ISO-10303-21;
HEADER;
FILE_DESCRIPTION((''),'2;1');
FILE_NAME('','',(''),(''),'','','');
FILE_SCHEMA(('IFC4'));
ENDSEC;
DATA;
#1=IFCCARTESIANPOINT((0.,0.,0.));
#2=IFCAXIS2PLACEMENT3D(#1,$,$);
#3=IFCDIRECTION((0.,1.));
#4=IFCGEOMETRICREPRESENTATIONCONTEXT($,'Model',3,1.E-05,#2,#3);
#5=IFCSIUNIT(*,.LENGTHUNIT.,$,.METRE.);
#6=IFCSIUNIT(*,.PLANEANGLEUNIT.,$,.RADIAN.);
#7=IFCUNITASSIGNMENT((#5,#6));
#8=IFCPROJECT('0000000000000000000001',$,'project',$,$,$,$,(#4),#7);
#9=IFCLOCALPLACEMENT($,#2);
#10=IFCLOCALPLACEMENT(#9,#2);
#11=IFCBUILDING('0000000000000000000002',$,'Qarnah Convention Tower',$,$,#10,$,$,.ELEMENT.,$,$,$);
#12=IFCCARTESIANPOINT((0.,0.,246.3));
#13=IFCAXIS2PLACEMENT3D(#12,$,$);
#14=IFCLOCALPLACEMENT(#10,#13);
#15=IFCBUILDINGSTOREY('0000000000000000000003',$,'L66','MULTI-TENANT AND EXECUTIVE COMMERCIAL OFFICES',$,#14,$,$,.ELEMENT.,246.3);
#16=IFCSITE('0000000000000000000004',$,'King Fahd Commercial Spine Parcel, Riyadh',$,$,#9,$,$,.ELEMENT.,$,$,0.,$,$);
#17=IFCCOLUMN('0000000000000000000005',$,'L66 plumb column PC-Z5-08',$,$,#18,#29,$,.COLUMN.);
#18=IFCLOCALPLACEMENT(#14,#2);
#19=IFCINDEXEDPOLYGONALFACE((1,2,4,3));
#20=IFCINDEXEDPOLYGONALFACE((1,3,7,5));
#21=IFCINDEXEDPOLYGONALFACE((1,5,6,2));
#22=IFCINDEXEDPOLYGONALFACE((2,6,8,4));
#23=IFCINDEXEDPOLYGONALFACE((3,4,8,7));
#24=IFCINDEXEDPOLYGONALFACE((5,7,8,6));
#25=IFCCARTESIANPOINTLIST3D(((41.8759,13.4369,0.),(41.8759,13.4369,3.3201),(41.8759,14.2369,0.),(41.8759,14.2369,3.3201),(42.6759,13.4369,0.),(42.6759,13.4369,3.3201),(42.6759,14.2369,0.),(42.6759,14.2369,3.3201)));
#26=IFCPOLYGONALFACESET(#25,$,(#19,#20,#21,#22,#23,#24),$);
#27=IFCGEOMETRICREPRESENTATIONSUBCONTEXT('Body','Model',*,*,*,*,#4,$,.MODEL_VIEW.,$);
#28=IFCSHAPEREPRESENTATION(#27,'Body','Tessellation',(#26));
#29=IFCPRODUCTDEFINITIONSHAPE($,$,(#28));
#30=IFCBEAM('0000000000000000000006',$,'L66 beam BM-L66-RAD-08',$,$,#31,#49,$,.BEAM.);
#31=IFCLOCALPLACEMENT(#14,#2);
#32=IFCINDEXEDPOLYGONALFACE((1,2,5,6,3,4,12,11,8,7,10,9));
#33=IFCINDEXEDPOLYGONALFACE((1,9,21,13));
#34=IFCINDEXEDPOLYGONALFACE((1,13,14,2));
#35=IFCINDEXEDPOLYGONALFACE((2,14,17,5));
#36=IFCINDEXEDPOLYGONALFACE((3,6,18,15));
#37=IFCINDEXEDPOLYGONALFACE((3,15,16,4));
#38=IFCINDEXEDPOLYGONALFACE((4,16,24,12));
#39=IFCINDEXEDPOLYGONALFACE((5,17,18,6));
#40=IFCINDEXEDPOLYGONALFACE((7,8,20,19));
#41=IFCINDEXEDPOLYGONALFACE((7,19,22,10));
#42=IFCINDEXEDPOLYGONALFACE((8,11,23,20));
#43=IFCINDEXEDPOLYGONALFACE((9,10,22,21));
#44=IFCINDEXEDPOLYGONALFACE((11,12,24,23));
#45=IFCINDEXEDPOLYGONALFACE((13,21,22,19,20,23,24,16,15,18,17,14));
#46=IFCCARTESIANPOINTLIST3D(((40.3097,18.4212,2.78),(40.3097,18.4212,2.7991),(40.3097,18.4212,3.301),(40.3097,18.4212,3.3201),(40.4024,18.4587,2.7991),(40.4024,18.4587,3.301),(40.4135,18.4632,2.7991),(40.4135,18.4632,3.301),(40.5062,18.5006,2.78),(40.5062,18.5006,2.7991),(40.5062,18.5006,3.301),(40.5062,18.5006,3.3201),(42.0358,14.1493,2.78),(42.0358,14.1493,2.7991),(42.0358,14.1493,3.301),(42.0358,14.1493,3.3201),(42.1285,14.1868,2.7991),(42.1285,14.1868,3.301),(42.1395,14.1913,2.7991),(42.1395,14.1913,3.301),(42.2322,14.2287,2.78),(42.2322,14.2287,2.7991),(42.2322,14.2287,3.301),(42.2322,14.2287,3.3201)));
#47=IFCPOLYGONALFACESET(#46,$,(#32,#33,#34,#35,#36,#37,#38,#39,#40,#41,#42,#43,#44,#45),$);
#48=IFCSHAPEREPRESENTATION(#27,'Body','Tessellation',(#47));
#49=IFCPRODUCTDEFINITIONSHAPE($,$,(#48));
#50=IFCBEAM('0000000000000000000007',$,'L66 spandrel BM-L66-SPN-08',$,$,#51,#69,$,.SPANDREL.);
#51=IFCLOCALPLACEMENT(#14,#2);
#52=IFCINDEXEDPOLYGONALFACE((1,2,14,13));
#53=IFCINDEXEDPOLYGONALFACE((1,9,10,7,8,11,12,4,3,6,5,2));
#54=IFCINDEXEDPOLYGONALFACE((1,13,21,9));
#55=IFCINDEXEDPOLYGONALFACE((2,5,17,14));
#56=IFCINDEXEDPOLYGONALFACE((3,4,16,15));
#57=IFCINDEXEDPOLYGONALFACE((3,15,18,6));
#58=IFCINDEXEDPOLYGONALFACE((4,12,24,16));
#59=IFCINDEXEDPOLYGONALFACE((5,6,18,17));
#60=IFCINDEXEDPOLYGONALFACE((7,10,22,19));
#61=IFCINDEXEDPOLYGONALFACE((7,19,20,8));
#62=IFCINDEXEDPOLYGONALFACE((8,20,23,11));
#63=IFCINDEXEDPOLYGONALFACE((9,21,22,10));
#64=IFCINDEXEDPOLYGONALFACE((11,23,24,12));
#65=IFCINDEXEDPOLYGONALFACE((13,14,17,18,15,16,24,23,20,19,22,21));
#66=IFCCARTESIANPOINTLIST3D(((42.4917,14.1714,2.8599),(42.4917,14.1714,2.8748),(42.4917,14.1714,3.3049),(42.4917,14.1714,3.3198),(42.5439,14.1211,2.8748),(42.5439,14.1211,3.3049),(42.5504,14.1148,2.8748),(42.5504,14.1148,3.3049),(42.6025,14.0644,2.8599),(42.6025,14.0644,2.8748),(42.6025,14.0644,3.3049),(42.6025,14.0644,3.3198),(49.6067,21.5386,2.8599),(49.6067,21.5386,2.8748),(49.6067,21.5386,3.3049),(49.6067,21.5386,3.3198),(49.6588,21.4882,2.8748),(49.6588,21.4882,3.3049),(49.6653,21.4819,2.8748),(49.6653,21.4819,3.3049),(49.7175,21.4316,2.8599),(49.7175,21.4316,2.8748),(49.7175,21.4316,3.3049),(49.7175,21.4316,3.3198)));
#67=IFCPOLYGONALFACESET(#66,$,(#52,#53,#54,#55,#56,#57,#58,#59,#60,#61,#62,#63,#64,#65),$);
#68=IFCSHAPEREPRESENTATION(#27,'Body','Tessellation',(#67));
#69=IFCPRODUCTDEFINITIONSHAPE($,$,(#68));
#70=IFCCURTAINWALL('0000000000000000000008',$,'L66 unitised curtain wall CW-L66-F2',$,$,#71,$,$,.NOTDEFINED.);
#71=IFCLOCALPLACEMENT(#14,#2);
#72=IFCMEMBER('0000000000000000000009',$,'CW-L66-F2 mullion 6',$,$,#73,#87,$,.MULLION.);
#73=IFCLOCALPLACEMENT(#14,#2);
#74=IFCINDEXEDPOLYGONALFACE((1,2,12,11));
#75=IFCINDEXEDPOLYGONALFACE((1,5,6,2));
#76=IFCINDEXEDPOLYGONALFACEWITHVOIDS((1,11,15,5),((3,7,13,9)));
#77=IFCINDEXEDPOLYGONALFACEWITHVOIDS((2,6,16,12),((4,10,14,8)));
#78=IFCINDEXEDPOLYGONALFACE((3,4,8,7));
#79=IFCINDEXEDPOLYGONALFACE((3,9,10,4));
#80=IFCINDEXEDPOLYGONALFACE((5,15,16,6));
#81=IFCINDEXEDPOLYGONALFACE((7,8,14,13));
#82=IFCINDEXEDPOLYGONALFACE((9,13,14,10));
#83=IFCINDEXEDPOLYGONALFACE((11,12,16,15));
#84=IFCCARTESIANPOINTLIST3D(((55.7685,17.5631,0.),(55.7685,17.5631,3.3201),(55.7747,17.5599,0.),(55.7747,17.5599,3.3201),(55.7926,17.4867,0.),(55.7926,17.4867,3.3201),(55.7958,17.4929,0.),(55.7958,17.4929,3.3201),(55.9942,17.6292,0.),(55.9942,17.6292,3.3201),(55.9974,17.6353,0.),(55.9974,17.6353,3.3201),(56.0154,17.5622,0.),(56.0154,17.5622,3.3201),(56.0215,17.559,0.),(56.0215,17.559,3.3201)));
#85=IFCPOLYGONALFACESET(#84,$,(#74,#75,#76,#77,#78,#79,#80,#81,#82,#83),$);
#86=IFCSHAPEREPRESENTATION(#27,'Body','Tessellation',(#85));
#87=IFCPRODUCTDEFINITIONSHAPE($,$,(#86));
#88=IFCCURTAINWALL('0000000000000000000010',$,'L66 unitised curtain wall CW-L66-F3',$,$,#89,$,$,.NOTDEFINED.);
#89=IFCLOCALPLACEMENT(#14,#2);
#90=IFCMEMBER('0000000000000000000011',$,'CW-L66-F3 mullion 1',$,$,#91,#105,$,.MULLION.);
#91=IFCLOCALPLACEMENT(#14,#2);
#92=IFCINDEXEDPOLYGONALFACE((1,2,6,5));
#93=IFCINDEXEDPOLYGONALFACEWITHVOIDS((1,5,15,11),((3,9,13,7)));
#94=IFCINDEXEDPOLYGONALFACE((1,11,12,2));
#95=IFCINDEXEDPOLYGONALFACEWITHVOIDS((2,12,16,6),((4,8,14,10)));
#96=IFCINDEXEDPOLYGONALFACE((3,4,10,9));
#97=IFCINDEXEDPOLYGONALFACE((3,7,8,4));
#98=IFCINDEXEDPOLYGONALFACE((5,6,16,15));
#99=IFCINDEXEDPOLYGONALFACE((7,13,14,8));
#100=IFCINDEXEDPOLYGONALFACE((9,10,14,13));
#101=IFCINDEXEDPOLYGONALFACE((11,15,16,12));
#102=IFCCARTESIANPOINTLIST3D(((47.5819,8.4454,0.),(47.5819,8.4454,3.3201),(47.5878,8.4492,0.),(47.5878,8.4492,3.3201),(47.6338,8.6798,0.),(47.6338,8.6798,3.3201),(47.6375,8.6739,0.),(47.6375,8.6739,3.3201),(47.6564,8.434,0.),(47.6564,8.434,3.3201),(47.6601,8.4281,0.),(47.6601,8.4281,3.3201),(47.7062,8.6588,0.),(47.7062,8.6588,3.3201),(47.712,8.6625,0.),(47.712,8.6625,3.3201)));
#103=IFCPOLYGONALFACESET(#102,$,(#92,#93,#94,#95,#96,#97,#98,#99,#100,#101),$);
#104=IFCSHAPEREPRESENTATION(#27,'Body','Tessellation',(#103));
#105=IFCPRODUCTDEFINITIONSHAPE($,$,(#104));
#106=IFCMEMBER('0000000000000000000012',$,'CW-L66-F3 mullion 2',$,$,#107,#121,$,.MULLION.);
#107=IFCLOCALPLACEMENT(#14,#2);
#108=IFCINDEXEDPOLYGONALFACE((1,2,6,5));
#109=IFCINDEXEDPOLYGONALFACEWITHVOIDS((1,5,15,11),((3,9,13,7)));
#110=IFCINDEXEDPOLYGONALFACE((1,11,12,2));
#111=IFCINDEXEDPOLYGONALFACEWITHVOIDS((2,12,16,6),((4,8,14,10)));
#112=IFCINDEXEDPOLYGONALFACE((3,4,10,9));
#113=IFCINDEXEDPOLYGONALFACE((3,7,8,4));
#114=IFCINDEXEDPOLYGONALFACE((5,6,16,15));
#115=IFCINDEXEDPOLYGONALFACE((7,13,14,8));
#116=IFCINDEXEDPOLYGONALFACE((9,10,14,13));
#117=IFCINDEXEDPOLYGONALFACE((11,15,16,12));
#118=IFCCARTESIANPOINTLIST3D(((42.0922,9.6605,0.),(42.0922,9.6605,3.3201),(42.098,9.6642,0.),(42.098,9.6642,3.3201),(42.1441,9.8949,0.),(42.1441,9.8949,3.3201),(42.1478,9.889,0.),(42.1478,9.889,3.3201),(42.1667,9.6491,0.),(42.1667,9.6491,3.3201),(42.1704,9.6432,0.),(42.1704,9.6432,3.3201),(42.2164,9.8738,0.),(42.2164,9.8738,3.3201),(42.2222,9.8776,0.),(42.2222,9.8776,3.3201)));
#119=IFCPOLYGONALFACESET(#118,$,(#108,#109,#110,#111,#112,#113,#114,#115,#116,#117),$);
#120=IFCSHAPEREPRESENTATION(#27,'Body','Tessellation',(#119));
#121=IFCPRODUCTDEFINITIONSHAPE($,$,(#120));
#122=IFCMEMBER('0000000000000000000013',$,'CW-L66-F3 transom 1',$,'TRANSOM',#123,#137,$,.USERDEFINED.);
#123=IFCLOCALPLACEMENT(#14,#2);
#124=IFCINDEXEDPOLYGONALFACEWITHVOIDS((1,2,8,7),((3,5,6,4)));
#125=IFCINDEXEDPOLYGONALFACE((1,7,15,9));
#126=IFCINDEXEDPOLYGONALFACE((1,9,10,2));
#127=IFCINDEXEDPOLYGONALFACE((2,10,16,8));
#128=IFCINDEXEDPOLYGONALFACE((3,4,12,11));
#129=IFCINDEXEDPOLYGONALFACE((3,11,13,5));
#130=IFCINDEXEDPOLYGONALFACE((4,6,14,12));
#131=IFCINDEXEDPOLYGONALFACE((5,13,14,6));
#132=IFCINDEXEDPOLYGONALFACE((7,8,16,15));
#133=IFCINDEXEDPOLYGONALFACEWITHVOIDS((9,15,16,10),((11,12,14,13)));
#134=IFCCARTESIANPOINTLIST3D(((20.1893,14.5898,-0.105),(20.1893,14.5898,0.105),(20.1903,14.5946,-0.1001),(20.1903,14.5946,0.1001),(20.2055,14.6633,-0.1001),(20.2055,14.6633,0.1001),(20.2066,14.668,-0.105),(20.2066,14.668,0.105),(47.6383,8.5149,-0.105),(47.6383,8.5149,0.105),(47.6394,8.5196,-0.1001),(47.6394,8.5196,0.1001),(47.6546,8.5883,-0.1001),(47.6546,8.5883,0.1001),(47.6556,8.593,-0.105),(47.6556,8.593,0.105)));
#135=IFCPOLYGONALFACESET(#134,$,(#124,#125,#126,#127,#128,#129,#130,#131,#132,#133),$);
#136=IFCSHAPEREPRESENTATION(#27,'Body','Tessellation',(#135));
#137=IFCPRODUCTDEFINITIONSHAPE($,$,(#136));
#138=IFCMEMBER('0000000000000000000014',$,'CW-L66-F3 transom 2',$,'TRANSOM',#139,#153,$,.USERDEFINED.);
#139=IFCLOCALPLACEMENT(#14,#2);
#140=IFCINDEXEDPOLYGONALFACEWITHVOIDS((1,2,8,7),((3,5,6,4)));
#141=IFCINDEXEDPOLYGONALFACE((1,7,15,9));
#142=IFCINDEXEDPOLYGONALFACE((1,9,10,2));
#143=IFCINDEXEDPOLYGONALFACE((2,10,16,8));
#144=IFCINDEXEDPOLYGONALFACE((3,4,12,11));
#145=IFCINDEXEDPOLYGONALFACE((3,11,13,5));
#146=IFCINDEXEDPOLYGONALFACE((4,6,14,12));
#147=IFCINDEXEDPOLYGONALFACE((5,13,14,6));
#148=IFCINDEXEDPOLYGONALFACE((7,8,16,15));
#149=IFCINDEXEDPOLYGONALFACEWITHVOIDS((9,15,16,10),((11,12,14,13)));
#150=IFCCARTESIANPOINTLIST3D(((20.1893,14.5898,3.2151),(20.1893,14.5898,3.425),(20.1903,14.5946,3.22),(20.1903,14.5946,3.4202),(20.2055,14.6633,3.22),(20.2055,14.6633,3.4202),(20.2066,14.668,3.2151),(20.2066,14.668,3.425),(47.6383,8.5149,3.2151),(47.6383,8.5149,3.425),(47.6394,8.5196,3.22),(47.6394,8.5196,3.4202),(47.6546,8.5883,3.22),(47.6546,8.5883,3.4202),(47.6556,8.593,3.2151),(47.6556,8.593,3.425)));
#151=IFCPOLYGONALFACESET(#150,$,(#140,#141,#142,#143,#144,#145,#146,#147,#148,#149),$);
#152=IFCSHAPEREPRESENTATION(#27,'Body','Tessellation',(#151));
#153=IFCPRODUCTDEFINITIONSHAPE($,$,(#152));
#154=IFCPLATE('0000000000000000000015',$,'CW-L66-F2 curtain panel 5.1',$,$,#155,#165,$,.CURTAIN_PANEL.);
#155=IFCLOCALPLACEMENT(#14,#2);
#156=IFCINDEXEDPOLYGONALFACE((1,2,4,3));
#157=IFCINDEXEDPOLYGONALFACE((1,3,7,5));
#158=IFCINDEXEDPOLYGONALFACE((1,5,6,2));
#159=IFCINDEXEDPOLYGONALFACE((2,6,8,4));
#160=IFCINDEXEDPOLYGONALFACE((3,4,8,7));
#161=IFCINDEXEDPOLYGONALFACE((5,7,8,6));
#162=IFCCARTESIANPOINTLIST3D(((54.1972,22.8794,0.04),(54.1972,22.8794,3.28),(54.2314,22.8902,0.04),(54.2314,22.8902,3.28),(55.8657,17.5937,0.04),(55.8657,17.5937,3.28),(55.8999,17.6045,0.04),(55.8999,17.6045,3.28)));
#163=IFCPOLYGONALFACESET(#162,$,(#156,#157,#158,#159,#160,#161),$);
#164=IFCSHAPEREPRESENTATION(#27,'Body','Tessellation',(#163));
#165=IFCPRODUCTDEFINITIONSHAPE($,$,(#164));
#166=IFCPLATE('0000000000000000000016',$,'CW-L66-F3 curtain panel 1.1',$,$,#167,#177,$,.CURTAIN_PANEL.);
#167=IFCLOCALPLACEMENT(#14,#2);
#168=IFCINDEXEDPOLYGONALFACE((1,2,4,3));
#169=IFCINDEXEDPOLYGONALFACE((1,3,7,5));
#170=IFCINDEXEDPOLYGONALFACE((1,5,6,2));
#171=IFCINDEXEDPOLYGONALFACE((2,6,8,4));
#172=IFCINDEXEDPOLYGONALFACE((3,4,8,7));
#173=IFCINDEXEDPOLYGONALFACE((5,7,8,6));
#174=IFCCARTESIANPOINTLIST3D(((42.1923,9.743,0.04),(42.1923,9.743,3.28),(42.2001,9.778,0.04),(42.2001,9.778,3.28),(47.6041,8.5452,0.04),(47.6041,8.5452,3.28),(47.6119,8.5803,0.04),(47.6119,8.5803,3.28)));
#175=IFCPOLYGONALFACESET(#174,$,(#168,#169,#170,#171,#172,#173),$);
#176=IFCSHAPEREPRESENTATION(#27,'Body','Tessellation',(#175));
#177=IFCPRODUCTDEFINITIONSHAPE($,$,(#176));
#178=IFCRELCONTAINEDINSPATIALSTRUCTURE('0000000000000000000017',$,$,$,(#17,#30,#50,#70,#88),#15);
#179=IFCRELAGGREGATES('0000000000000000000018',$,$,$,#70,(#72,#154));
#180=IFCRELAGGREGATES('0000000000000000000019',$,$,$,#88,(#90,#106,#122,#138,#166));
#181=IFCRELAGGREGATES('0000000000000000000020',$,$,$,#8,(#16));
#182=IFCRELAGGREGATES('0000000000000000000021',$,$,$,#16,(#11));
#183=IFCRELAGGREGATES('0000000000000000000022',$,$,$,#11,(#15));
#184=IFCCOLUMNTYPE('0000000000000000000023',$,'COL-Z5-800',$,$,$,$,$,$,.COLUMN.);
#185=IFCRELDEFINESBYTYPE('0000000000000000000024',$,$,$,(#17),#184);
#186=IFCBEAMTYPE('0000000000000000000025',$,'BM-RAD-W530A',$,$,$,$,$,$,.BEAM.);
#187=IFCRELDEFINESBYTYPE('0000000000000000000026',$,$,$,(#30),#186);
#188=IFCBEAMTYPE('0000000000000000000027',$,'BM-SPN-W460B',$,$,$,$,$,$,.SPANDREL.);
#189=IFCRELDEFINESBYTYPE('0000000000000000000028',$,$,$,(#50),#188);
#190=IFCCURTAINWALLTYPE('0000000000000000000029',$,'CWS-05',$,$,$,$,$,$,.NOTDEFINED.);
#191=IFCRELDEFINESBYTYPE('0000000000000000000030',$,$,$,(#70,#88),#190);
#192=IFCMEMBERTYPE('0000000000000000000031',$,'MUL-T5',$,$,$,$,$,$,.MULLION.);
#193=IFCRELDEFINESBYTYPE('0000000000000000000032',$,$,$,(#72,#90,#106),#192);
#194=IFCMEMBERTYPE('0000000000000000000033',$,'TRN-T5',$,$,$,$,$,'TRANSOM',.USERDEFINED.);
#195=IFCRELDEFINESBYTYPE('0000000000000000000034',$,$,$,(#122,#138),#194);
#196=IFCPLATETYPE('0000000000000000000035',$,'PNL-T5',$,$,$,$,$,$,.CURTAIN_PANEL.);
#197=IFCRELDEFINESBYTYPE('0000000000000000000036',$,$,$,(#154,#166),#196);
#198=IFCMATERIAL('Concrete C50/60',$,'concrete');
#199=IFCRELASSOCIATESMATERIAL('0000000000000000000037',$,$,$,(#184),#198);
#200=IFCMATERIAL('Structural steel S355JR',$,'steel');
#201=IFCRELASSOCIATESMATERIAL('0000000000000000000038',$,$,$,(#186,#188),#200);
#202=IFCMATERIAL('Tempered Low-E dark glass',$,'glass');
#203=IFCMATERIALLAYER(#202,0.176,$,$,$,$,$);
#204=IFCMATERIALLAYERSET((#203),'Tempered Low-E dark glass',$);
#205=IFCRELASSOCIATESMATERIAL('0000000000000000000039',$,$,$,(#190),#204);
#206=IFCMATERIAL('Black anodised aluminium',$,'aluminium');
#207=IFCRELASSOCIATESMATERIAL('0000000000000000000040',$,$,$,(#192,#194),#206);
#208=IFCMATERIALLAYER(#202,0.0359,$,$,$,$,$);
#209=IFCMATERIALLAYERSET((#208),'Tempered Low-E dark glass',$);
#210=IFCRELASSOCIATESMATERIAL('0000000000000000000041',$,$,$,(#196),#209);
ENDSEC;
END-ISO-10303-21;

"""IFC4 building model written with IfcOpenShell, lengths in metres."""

from ifc_helpers import new_model, si_unit, direction, frame, origin, origin_2d, place, context, subcontext, project, spatial, rectangle, hollow_rectangle, i_section, extrude, material, layer, layer_set, material_profile, profile_set, type_object, element, aggregate, save


model = new_model("IFC4")

# Units and contexts
model_context = context("Model", 3, precision=1e-05, world=origin(), true_north=direction((0.0, 1.0)))
body_context = subcontext(model_context, "Body", "Model", "MODEL_VIEW")
ifc_project = project(units=[si_unit("LENGTHUNIT", "METRE"), si_unit("PLANEANGLEUNIT", "RADIAN")], contexts=[model_context])

# Site, building, storey
site_placement = place(None, origin())
site = spatial("IfcSite", under=ifc_project, at=site_placement, Name="King Fahd Commercial Spine Parcel, Riyadh", CompositionType="ELEMENT", RefElevation=0.0)
building_placement = place(site_placement, origin())
building = spatial("IfcBuilding", under=site, at=building_placement, Name="Qarnah Convention Tower", CompositionType="ELEMENT")
storey_placement = place(building_placement, frame((0.0, 0.0, 246.3)))
storey = spatial("IfcBuildingStorey", under=building, at=storey_placement, Name="L66", Description="MULTI-TENANT AND EXECUTIVE COMMERCIAL OFFICES", CompositionType="ELEMENT", Elevation=246.3)

# Column
ifc_material_1 = material(Name="Concrete C50/60", Category="concrete")
ifc_material_profile_1 = material_profile(ifc_material_1, rectangle(XDim=0.8, YDim=0.8, at=origin_2d()), Name="RC-COL-800X800")
ifc_profile_set_1 = profile_set([ifc_material_profile_1], Name="Concrete C50/60")
column_type = type_object("IfcColumnType", Name="COL-Z5-800", PredefinedType="COLUMN", material=ifc_profile_set_1)
column_placement = place(storey_placement, frame((42.2759, 13.8369, 0.0), z_axis=(0.0, 0.0, 1.0), x_axis=(1.0, 0.0, 0.0)))
element("IfcColumn", 1, at=column_placement, inside=storey, type_object=column_type, Name="L66 plumb column PC-Z5-08", PredefinedType="COLUMN", context=body_context, shape_type="SweptSolid", body=[
    extrude(rectangle(XDim=0.8, YDim=0.8, at=origin_2d()), origin(), (0.0, 0.0, 1.0), 3.3201),
])

# Beams
ifc_material_2 = material(Name="Structural steel S355JR", Category="steel")
ifc_material_profile_2 = material_profile(ifc_material_2, i_section(OverallWidth=0.2119, OverallDepth=0.54, WebThickness=0.012, FlangeThickness=0.019, at=origin_2d()), Name="W530X109")
ifc_profile_set_2 = profile_set([ifc_material_profile_2], Name="Structural steel S355JR")
beam_type_1 = type_object("IfcBeamType", Name="BM-RAD-W530A", PredefinedType="BEAM", material=ifc_profile_set_2)
beam_1_placement = place(storey_placement, frame((40.408, 18.4609, 3.05), z_axis=(0.374622, -0.927177, 0.0), x_axis=(0.927177, 0.374622, 0.0)))
element("IfcBeam", 2, at=beam_1_placement, inside=storey, type_object=beam_type_1, Name="L66 beam BM-L66-RAD-08", PredefinedType="BEAM", context=body_context, shape_type="SweptSolid", body=[
    extrude(i_section(OverallWidth=0.2119, OverallDepth=0.54, WebThickness=0.012, FlangeThickness=0.019, at=origin_2d()), origin(), (0.0, 0.0, 1.0), 4.6074),
])
ifc_material_profile_3 = material_profile(ifc_material_2, i_section(OverallWidth=0.1541, OverallDepth=0.46, WebThickness=0.009, FlangeThickness=0.0149, at=origin_2d()), Name="W460X68")
ifc_profile_set_3 = profile_set([ifc_material_profile_3], Name="Structural steel S355JR")
beam_type_2 = type_object("IfcBeamType", Name="BM-SPN-W460B", PredefinedType="SPANDREL", material=ifc_profile_set_3)
beam_2_placement = place(storey_placement, frame((42.5471, 14.1179, 3.0898), z_axis=(0.694688, 0.719312, 0.0), x_axis=(-0.719312, 0.694688, 0.0)))
element("IfcBeam", 3, at=beam_2_placement, inside=storey, type_object=beam_type_2, Name="L66 spandrel BM-L66-SPN-08", PredefinedType="SPANDREL", context=body_context, shape_type="SweptSolid", body=[
    extrude(i_section(OverallWidth=0.1541, OverallDepth=0.46, WebThickness=0.009, FlangeThickness=0.0149, at=origin_2d()), origin(), (0.0, 0.0, 1.0), 10.2419),
])

# Curtain wall, member
ifc_material_3 = material(Name="Tempered Low-E dark glass", Category="glass")
ifc_layer_1 = layer(ifc_material_3, 0.176)
ifc_layer_set_1 = layer_set([ifc_layer_1], Name="Tempered Low-E dark glass")
curtain_wall_type = type_object("IfcCurtainWallType", Name="CWS-05", PredefinedType="NOTDEFINED", material=ifc_layer_set_1)
curtain_wall_1_placement = place(storey_placement, origin())
curtain_wall_1 = element("IfcCurtainWall", 4, at=curtain_wall_1_placement, inside=storey, type_object=curtain_wall_type, Name="L66 unitised curtain wall CW-L66-F2", PredefinedType="NOTDEFINED")
ifc_material_4 = material(Name="Black anodised aluminium", Category="aluminium")
ifc_material_profile_4 = material_profile(ifc_material_4, hollow_rectangle(XDim=0.0801, YDim=0.24, WallThickness=0.0049, at=origin_2d()), Name="MUL-80X240")
ifc_profile_set_4 = profile_set([ifc_material_profile_4], Name="Black anodised aluminium")
member_type_1 = type_object("IfcMemberType", Name="MUL-T5", PredefinedType="MULLION", material=ifc_profile_set_4)
member_1_placement = place(storey_placement, frame((55.895, 17.561, 0.0), z_axis=(0.0, 0.0, 1.0), x_axis=(0.301024, -0.953617, 0.0)))
member_1 = element("IfcMember", 5, at=member_1_placement, type_object=member_type_1, Name="CW-L66-F2 mullion 6", PredefinedType="MULLION", context=body_context, shape_type="SweptSolid", body=[
    extrude(hollow_rectangle(XDim=0.0801, YDim=0.24, WallThickness=0.0049, at=origin_2d()), origin(), (0.0, 0.0, 1.0), 3.3201),
])

# Curtain wall, members
curtain_wall_2_placement = place(storey_placement, origin())
curtain_wall_2 = element("IfcCurtainWall", 6, at=curtain_wall_2_placement, inside=storey, type_object=curtain_wall_type, Name="L66 unitised curtain wall CW-L66-F3", PredefinedType="NOTDEFINED")
member_2_placement = place(storey_placement, frame((47.647, 8.554, 0.0), z_axis=(0.0, 0.0, 1.0), x_axis=(-0.976373, 0.21609, 0.0)))
member_2 = element("IfcMember", 7, at=member_2_placement, type_object=member_type_1, Name="CW-L66-F3 mullion 1", PredefinedType="MULLION", context=body_context, shape_type="SweptSolid", body=[
    extrude(hollow_rectangle(XDim=0.0801, YDim=0.24, WallThickness=0.0049, at=origin_2d()), origin(), (0.0, 0.0, 1.0), 3.3201),
])
member_3_placement = place(storey_placement, frame((42.1572, 9.769, 0.0), z_axis=(0.0, 0.0, 1.0), x_axis=(-0.976373, 0.21609, 0.0)))
member_3 = element("IfcMember", 8, at=member_3_placement, type_object=member_type_1, Name="CW-L66-F3 mullion 2", PredefinedType="MULLION", context=body_context, shape_type="SweptSolid", body=[
    extrude(hollow_rectangle(XDim=0.0801, YDim=0.24, WallThickness=0.0049, at=origin_2d()), origin(), (0.0, 0.0, 1.0), 3.3201),
])
ifc_material_profile_5 = material_profile(ifc_material_4, hollow_rectangle(XDim=0.0801, YDim=0.21, WallThickness=0.0049, at=origin_2d()), Name="TRN-80X210")
ifc_profile_set_5 = profile_set([ifc_material_profile_5], Name="Black anodised aluminium")
member_type_2 = type_object("IfcMemberType", Name="TRN-T5", ElementType="TRANSOM", PredefinedType="USERDEFINED", material=ifc_profile_set_5)
member_4_placement = place(storey_placement, frame((47.647, 8.554, 0.0), z_axis=(-0.976374, 0.216089, 0.0), x_axis=(-0.216089, -0.976374, 0.0)))
member_4 = element("IfcMember", 9, at=member_4_placement, type_object=member_type_2, Name="CW-L66-F3 transom 1", ObjectType="TRANSOM", PredefinedType="USERDEFINED", context=body_context, shape_type="SweptSolid", body=[
    extrude(hollow_rectangle(XDim=0.0801, YDim=0.21, WallThickness=0.0049, at=origin_2d()), origin(), (0.0, 0.0, 1.0), 28.1133),
])
member_5_placement = place(storey_placement, frame((47.647, 8.554, 3.3201), z_axis=(-0.976374, 0.216089, 0.0), x_axis=(-0.216089, -0.976374, 0.0)))
member_5 = element("IfcMember", 10, at=member_5_placement, type_object=member_type_2, Name="CW-L66-F3 transom 2", ObjectType="TRANSOM", PredefinedType="USERDEFINED", context=body_context, shape_type="SweptSolid", body=[
    extrude(hollow_rectangle(XDim=0.0801, YDim=0.21, WallThickness=0.0049, at=origin_2d()), origin(), (0.0, 0.0, 1.0), 28.1133),
])

# Plates
ifc_layer_2 = layer(ifc_material_3, 0.0359)
ifc_layer_set_2 = layer_set([ifc_layer_2], Name="Tempered Low-E dark glass")
plate_type = type_object("IfcPlateType", Name="PNL-T5", PredefinedType="CURTAIN_PANEL", material=ifc_layer_set_2)
plate_1_placement = place(storey_placement, frame((55.0486, 20.2419, 0.04), z_axis=(0.0, 0.0, 1.0), x_axis=(0.301024, -0.953617, 0.0)))
plate_1 = element("IfcPlate", 11, at=plate_1_placement, type_object=plate_type, Name="CW-L66-F2 curtain panel 5.1", PredefinedType="CURTAIN_PANEL", context=body_context, shape_type="SweptSolid", body=[
    extrude(rectangle(XDim=5.5427, YDim=0.0359, at=origin_2d()), origin(), (0.0, 0.0, 1.0), 3.24),
])
aggregate(curtain_wall_1, [member_1, plate_1])
plate_2_placement = place(storey_placement, frame((44.9021, 9.1616, 0.04), z_axis=(0.0, 0.0, 1.0), x_axis=(-0.976373, 0.21609, 0.0)))
plate_2 = element("IfcPlate", 12, at=plate_2_placement, type_object=plate_type, Name="CW-L66-F3 curtain panel 1.1", PredefinedType="CURTAIN_PANEL", context=body_context, shape_type="SweptSolid", body=[
    extrude(rectangle(XDim=5.5427, YDim=0.0359, at=origin_2d()), origin(), (0.0, 0.0, 1.0), 3.24),
])
aggregate(curtain_wall_2, [member_2, member_3, member_4, member_5, plate_2])

save(model, "model.ifc")
